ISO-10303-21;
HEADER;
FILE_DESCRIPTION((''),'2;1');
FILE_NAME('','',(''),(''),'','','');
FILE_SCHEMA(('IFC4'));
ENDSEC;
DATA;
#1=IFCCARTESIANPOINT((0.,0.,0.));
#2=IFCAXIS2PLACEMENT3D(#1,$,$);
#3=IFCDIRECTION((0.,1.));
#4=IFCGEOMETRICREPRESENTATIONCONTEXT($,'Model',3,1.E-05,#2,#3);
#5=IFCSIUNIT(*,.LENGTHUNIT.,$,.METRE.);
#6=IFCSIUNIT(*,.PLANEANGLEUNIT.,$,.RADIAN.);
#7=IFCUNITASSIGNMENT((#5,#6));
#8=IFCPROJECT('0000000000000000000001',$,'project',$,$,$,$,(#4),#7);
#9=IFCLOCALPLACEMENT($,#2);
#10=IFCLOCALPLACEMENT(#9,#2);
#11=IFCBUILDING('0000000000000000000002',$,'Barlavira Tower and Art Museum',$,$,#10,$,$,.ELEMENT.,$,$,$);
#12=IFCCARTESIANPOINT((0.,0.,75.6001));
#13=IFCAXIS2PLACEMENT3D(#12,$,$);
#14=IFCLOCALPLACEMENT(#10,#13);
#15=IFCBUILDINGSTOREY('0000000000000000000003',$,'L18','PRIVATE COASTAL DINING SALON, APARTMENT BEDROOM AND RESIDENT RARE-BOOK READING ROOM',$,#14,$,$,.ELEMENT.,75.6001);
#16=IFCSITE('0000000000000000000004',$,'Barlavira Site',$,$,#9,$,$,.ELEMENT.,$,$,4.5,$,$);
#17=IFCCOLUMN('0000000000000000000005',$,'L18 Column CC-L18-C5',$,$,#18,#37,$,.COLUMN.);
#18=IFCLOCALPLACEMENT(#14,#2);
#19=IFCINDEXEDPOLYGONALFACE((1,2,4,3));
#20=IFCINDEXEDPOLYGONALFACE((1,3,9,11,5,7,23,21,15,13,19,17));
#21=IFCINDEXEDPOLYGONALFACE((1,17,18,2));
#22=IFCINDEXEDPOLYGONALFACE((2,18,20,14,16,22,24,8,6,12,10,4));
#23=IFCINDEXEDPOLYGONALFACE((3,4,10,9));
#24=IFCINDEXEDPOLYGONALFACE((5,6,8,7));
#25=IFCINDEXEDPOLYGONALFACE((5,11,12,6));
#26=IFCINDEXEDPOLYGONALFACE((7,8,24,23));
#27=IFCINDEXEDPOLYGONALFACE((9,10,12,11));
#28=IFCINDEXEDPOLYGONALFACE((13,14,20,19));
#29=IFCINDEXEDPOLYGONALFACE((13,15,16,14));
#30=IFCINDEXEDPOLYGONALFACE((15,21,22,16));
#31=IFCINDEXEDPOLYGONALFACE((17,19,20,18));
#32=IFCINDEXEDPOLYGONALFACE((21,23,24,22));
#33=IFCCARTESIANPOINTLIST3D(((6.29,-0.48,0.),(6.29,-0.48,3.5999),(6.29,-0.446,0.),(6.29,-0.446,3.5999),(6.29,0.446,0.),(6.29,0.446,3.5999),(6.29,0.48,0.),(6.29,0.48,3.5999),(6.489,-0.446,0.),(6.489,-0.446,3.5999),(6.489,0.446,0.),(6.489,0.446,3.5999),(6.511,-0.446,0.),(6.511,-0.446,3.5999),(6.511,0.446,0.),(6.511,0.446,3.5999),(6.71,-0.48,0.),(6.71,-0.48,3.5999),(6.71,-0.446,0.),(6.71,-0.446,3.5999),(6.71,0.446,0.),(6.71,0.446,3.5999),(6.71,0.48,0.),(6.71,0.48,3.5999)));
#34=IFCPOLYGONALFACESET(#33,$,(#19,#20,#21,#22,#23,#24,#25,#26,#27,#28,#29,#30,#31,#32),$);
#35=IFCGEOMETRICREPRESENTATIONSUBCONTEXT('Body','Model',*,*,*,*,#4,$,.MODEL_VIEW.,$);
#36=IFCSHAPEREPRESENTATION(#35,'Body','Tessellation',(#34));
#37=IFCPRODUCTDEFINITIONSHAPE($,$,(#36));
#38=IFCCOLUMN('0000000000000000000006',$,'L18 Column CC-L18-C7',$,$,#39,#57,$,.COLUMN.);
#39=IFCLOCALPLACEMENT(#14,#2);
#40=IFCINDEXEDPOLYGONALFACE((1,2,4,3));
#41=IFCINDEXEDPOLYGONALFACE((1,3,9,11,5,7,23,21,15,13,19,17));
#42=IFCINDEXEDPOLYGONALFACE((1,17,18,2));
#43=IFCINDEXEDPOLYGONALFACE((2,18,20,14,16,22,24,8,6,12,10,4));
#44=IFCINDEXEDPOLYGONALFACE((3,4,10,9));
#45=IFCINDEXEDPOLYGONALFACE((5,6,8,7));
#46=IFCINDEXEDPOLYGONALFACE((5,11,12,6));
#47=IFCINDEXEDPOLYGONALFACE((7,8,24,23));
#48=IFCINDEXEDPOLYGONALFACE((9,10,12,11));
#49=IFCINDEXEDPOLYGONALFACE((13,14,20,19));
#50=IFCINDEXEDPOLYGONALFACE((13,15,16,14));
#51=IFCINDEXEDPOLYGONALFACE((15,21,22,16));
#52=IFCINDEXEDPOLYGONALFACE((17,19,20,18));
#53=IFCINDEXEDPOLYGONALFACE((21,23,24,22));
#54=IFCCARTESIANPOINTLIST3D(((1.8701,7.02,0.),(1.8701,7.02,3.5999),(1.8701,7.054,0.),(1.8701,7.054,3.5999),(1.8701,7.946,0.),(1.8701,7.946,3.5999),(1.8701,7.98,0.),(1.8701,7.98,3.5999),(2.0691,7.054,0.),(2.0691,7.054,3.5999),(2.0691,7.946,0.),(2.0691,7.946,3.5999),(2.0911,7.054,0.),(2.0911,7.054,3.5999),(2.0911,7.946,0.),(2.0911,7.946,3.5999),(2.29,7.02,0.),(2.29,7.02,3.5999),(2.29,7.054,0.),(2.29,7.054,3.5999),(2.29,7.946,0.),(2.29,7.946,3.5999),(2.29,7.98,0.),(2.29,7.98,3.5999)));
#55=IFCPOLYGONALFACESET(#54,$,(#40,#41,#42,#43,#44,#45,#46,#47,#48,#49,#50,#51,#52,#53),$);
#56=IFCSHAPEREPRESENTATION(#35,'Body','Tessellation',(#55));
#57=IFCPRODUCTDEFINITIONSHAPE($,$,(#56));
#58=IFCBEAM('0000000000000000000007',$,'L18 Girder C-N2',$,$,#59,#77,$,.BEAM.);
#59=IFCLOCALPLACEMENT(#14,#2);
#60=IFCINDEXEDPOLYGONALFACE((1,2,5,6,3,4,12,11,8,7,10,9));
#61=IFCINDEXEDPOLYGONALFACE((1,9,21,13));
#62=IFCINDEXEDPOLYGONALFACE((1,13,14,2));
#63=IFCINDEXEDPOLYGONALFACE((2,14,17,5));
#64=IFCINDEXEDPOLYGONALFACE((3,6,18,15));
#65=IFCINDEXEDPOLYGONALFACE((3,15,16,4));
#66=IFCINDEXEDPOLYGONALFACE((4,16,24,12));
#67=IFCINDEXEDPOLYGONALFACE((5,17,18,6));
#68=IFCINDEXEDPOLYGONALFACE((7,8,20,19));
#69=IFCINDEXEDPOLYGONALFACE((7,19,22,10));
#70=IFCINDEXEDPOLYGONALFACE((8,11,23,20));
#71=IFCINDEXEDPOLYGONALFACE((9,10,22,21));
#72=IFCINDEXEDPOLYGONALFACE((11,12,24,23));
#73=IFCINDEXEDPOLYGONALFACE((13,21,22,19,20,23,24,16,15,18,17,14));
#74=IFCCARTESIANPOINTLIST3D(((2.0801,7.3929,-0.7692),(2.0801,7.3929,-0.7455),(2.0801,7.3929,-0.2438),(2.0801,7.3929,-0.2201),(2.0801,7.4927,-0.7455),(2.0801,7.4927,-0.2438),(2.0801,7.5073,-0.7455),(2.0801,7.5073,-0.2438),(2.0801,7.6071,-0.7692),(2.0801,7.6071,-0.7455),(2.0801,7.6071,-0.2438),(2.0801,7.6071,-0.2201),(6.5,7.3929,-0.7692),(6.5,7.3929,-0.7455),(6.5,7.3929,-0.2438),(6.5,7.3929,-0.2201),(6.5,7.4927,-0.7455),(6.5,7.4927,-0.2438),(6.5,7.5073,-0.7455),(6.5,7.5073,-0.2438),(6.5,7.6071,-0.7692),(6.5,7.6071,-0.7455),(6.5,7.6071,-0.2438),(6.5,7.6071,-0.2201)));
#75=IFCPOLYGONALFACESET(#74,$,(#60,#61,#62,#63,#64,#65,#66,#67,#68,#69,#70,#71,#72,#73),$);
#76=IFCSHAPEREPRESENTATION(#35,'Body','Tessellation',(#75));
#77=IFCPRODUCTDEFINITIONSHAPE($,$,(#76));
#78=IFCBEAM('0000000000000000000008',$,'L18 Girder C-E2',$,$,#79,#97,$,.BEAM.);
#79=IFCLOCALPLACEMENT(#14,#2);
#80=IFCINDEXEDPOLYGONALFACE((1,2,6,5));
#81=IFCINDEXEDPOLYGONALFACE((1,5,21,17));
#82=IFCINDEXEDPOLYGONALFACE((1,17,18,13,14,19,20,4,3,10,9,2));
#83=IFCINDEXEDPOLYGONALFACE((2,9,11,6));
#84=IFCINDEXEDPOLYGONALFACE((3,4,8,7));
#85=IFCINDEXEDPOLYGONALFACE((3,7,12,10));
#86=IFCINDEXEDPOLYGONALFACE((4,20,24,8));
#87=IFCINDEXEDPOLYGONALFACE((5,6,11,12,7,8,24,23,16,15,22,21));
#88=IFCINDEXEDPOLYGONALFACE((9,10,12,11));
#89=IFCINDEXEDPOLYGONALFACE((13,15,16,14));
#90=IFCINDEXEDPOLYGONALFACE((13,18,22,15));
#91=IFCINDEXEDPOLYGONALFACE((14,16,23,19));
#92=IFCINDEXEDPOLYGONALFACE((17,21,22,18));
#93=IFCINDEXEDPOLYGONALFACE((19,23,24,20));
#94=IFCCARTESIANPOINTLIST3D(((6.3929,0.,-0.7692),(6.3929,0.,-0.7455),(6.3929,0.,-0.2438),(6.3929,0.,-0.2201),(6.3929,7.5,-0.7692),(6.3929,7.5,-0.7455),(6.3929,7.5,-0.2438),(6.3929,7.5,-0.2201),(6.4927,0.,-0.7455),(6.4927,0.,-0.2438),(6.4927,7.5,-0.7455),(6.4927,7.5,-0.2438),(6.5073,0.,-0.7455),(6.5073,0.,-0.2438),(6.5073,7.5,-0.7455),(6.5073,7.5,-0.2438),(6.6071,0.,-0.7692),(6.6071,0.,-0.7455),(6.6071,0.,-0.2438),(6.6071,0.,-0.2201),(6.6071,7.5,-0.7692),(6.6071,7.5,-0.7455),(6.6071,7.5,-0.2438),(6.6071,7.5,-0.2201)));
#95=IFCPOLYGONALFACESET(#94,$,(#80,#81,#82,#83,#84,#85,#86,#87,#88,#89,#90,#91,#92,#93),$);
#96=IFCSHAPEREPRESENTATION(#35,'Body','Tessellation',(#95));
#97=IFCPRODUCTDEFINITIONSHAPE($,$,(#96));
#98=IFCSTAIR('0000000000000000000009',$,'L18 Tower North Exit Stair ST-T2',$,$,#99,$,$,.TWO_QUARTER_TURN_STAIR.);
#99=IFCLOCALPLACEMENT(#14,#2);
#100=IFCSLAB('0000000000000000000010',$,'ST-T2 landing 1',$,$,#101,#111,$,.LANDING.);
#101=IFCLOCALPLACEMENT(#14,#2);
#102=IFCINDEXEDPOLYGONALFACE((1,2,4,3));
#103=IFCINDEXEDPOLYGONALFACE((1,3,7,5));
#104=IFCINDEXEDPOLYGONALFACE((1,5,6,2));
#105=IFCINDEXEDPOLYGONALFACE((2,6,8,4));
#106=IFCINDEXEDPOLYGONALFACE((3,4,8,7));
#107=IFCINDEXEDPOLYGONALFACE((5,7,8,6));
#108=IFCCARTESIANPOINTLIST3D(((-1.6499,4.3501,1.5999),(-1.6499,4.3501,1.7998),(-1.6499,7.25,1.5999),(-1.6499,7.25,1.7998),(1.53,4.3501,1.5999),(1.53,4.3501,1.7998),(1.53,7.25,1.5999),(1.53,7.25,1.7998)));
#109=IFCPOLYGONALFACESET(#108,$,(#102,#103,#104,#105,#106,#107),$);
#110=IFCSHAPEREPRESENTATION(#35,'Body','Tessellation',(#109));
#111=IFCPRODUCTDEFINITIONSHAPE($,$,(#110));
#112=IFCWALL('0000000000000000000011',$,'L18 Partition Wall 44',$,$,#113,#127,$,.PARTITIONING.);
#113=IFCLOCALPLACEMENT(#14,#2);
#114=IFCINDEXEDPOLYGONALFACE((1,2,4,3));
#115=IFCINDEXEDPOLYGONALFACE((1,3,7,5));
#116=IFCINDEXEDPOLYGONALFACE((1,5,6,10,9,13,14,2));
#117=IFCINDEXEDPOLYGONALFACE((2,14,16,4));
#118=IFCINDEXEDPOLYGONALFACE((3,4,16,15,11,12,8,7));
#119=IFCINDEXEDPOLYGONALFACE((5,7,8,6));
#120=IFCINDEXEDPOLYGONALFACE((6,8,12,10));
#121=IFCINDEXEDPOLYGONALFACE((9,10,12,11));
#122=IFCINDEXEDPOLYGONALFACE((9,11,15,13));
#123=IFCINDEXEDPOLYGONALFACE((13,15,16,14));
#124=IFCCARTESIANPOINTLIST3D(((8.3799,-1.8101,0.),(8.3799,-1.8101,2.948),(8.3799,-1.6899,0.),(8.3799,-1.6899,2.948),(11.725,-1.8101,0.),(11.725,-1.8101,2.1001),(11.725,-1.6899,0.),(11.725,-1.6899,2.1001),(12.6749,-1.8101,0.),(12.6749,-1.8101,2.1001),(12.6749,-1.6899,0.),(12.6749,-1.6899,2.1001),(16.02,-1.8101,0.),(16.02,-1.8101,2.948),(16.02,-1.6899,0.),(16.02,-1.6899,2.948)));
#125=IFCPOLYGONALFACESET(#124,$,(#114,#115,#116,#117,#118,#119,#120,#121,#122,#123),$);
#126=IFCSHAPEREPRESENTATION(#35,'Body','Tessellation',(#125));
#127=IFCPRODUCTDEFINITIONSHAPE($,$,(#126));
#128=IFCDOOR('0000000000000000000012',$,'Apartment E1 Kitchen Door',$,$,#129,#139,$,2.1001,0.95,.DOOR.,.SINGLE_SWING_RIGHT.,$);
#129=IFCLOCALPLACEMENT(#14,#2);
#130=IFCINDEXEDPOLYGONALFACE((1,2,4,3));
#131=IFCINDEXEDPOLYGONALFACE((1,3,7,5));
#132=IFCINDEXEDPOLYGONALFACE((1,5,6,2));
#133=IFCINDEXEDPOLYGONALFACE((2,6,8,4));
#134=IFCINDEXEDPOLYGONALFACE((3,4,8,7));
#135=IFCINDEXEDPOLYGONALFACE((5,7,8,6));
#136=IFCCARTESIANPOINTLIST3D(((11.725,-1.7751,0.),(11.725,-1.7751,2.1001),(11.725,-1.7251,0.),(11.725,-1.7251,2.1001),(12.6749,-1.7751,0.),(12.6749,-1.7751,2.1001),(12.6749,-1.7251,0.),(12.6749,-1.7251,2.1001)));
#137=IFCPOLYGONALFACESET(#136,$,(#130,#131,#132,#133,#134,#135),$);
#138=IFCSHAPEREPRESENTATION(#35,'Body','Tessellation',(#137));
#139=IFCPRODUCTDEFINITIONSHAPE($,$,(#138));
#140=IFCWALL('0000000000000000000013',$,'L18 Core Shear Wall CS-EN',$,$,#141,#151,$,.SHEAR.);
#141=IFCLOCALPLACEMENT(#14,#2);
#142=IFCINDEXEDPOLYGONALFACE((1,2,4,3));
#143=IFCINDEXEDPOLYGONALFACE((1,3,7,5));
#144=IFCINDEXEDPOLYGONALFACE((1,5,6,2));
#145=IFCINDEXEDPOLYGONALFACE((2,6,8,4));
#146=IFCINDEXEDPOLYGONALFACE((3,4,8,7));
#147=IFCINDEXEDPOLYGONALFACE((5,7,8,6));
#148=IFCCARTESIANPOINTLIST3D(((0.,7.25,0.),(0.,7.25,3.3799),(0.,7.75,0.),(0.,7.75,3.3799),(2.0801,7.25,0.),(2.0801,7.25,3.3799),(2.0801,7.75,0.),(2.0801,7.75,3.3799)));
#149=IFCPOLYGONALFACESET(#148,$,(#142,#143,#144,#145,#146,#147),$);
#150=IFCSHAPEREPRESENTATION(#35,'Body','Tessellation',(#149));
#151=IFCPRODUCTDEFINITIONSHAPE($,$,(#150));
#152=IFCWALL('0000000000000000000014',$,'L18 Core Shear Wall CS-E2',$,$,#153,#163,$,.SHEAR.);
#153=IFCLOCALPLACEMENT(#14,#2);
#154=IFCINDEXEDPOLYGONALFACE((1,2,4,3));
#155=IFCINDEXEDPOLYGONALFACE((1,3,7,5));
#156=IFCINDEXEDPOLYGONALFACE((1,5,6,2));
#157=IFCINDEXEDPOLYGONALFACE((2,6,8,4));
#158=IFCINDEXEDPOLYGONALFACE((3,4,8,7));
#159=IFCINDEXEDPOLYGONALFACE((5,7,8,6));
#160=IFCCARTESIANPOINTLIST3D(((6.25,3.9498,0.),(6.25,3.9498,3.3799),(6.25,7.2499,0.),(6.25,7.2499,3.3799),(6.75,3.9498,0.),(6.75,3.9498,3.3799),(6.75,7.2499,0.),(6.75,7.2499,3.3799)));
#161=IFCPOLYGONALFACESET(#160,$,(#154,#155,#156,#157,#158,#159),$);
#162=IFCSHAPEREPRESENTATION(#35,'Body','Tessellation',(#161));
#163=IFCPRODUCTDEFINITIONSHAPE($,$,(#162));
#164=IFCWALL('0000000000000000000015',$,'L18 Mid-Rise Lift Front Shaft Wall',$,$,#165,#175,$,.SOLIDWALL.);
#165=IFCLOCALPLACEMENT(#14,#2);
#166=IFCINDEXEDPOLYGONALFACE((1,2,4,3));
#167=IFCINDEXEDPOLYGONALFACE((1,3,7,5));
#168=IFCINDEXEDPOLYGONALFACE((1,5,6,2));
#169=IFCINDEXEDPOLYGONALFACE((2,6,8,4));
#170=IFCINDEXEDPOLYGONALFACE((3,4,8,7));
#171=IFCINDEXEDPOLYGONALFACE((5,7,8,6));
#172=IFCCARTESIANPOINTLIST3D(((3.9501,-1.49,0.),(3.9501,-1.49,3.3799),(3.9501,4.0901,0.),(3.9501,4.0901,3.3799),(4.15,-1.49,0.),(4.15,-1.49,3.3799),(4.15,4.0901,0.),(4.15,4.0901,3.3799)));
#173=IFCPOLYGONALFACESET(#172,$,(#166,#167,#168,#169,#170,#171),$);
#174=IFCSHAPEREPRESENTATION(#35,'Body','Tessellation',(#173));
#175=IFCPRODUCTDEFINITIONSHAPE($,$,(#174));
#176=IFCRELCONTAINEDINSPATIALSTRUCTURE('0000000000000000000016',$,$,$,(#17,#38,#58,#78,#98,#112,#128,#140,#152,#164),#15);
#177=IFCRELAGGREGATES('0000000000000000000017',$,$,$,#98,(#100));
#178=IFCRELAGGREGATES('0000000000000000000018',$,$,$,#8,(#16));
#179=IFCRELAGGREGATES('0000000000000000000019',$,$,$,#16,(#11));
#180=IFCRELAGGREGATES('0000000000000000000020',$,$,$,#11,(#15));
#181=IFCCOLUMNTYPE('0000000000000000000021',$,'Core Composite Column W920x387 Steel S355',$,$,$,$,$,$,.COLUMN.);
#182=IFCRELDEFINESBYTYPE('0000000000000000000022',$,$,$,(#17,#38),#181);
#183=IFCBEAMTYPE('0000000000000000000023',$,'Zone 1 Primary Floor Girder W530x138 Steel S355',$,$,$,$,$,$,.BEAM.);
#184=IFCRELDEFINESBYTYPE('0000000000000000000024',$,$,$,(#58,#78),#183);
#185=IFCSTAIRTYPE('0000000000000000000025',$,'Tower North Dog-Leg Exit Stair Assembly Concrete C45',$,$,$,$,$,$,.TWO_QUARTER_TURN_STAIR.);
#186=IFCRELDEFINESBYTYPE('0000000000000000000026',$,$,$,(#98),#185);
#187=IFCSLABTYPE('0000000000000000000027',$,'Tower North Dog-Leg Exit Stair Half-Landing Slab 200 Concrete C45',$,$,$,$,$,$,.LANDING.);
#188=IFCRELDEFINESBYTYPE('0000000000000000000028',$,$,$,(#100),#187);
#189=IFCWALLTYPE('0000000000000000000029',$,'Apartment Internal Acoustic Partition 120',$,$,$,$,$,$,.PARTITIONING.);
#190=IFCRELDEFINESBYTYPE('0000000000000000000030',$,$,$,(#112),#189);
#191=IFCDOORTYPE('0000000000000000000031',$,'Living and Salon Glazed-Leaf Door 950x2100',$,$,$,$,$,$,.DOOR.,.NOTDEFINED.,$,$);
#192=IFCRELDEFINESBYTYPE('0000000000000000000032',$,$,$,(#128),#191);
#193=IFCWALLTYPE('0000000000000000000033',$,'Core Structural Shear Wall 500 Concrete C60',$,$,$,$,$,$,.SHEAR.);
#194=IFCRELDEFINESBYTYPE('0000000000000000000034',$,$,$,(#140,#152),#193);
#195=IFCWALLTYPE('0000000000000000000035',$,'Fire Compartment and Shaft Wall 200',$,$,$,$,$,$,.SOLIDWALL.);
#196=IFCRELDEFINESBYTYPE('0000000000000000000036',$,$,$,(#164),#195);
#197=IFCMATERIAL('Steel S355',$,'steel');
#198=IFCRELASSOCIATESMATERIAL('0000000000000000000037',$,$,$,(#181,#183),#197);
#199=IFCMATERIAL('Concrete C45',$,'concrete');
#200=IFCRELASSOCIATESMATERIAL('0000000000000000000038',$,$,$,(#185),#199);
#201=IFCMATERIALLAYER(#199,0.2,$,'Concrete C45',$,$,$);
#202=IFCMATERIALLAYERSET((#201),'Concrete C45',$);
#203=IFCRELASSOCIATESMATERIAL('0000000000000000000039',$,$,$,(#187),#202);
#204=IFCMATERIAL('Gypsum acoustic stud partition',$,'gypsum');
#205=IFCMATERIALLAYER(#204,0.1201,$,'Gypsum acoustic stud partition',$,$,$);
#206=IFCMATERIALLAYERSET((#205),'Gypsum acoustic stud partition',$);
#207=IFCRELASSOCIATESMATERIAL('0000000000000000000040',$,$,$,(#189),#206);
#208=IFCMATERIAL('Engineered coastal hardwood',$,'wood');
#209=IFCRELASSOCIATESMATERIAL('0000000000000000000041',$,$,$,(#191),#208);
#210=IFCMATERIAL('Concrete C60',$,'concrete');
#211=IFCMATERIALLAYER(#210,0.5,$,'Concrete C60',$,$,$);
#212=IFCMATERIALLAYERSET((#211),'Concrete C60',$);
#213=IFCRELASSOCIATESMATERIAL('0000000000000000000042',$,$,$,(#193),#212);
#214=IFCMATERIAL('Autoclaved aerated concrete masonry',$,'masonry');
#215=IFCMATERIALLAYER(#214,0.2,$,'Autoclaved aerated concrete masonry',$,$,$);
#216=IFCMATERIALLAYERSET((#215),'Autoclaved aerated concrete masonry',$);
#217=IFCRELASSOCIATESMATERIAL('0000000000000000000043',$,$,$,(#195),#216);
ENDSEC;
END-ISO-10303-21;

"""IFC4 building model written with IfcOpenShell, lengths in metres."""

from ifc_helpers import new_model, si_unit, direction, frame, frame_2d, origin, origin_2d, place, context, subcontext, project, spatial, polyline, rectangle, i_section, outline, extrude, material, layer, layer_set, material_profile, profile_set, type_object, element, fill, aggregate, save


model = new_model("IFC4")

# Units and contexts
model_context = context("Model", 3, precision=1e-05, world=origin(), true_north=direction((0.0, 1.0)))
body_context = subcontext(model_context, "Body", "Model", "MODEL_VIEW")
ifc_project = project(units=[si_unit("LENGTHUNIT", "METRE"), si_unit("PLANEANGLEUNIT", "RADIAN")], contexts=[model_context])

# Site, building, storey
site_placement = place(None, origin())
site = spatial("IfcSite", under=ifc_project, at=site_placement, Name="Barlavira Site", CompositionType="ELEMENT", RefElevation=4.5)
building_placement = place(site_placement, origin())
building = spatial("IfcBuilding", under=site, at=building_placement, Name="Barlavira Tower and Art Museum", CompositionType="ELEMENT")
storey_placement = place(building_placement, frame((0.0, 0.0, 75.6001)))
storey = spatial("IfcBuildingStorey", under=building, at=storey_placement, Name="L18", Description="PRIVATE COASTAL DINING SALON, APARTMENT BEDROOM AND RESIDENT RARE-BOOK READING ROOM", CompositionType="ELEMENT", Elevation=75.6001)

# Columns
ifc_material_1 = material(Name="Steel S355", Category="steel")
ifc_material_profile_1 = material_profile(ifc_material_1, i_section(OverallWidth=0.4199, OverallDepth=0.96, WebThickness=0.022, FlangeThickness=0.0339, at=origin_2d()), Name="W920x387.0")
ifc_profile_set_1 = profile_set([ifc_material_profile_1], Name="Steel S355")
column_type = type_object("IfcColumnType", Name="Core Composite Column W920x387 Steel S355", PredefinedType="COLUMN", material=ifc_profile_set_1)
for number, where, z_axis, x_axis, name in (
    (1, (6.5, 0.0, 0.0), (0.0, 0.0, 1.0), (1.0, 0.0, 0.0), "L18 Column CC-L18-C5"),
    (2, (2.0801, 7.5, 0.0), (0.0, 0.0, 1.0), (1.0, 0.0, 0.0), "L18 Column CC-L18-C7"),
):
    element("IfcColumn", number, at=place(storey_placement, frame(where, z_axis=z_axis, x_axis=x_axis)), inside=storey, type_object=column_type, Name=name, PredefinedType="COLUMN", context=body_context, shape_type="SweptSolid", body=[
        extrude(i_section(OverallWidth=0.4199, OverallDepth=0.96, WebThickness=0.022, FlangeThickness=0.0339, at=origin_2d()), origin(), (0.0, 0.0, 1.0), 3.5999),
    ])

# Beams
ifc_material_profile_2 = material_profile(ifc_material_1, i_section(OverallWidth=0.2141, OverallDepth=0.5491, WebThickness=0.0146, FlangeThickness=0.0237, at=origin_2d()), Name="W530x138.0")
ifc_profile_set_2 = profile_set([ifc_material_profile_2], Name="Steel S355")
beam_type = type_object("IfcBeamType", Name="Zone 1 Primary Floor Girder W530x138 Steel S355", PredefinedType="BEAM", material=ifc_profile_set_2)
beam_1_placement = place(storey_placement, frame((2.0801, 7.5, -0.4946), z_axis=(1.0, 0.0, 0.0), x_axis=(0.0, 1.0, 0.0)))
element("IfcBeam", 3, at=beam_1_placement, inside=storey, type_object=beam_type, Name="L18 Girder C-N2", PredefinedType="BEAM", context=body_context, shape_type="SweptSolid", body=[
    extrude(i_section(OverallWidth=0.2141, OverallDepth=0.5491, WebThickness=0.0146, FlangeThickness=0.0237, at=origin_2d()), origin(), (0.0, 0.0, 1.0), 4.4199),
])
beam_2_placement = place(storey_placement, frame((6.5, 0.0, -0.4946), z_axis=(0.0, 1.0, 0.0), x_axis=(-1.0, 0.0, 0.0)))
element("IfcBeam", 4, at=beam_2_placement, inside=storey, type_object=beam_type, Name="L18 Girder C-E2", PredefinedType="BEAM", context=body_context, shape_type="SweptSolid", body=[
    extrude(i_section(OverallWidth=0.2141, OverallDepth=0.5491, WebThickness=0.0146, FlangeThickness=0.0237, at=origin_2d()), origin(), (0.0, 0.0, 1.0), 7.5),
])

# Stair, slab
ifc_material_2 = material(Name="Concrete C45", Category="concrete")
stair_type = type_object("IfcStairType", Name="Tower North Dog-Leg Exit Stair Assembly Concrete C45", PredefinedType="TWO_QUARTER_TURN_STAIR", material=ifc_material_2)
stair_placement = place(storey_placement, origin())
stair = element("IfcStair", 5, at=stair_placement, inside=storey, type_object=stair_type, Name="L18 Tower North Exit Stair ST-T2", PredefinedType="TWO_QUARTER_TURN_STAIR")
ifc_layer_1 = layer(ifc_material_2, 0.2, Name="Concrete C45")
ifc_layer_set_1 = layer_set([ifc_layer_1], Name="Concrete C45")
slab_type = type_object("IfcSlabType", Name="Tower North Dog-Leg Exit Stair Half-Landing Slab 200 Concrete C45", PredefinedType="LANDING", material=ifc_layer_set_1)
slab_placement = place(storey_placement, frame((0.0, 0.0, 1.5999)))
slab = element("IfcSlab", 6, at=slab_placement, type_object=slab_type, Name="ST-T2 landing 1", PredefinedType="LANDING", context=body_context, shape_type="SweptSolid", body=[
    extrude(outline(polyline([(-1.6499, 4.3501), (1.53, 4.3501), (1.53, 7.25), (-1.6499, 7.25), (-1.6499, 4.3501)])), origin(), (0.0, 0.0, 1.0), 0.2),
])
aggregate(stair, [slab])

# Wall, opening, door
ifc_material_3 = material(Name="Gypsum acoustic stud partition", Category="gypsum")
ifc_layer_2 = layer(ifc_material_3, 0.1201, Name="Gypsum acoustic stud partition")
ifc_layer_set_2 = layer_set([ifc_layer_2], Name="Gypsum acoustic stud partition")
wall_type_1 = type_object("IfcWallType", Name="Apartment Internal Acoustic Partition 120", PredefinedType="PARTITIONING", material=ifc_layer_set_2)
wall_1_placement = place(storey_placement, frame((8.3799, -1.75, 0.0), z_axis=(0.0, 0.0, 1.0), x_axis=(1.0, 0.0, 0.0)))
wall_1 = element("IfcWall", 7, at=wall_1_placement, inside=storey, type_object=wall_type_1, Name="L18 Partition Wall 44", PredefinedType="PARTITIONING", context=body_context, shape_type="SweptSolid", body=[
    extrude(rectangle(XDim=7.6401, YDim=0.1201, at=frame_2d((3.8201, 0.0))), origin(), (0.0, 0.0, 1.0), 2.948),
])
opening_1_placement = place(wall_1_placement, frame((3.345, 0.0, 0.0)))
opening_1 = element("IfcOpeningElement", 8, at=opening_1_placement, cuts=wall_1, PredefinedType="OPENING", context=body_context, shape_type="SweptSolid", body=[
    extrude(rectangle(XDim=0.95, YDim=2.1001, at=frame_2d((0.4751, 1.05))), frame((0.0, 0.0701, 0.0), z_axis=(0.0, -1.0, 0.0), x_axis=(1.0, 0.0, 0.0)), (0.0, 0.0, 1.0), 0.1401),
])
ifc_material_4 = material(Name="Engineered coastal hardwood", Category="wood")
door_type_1 = type_object("IfcDoorType", Name="Living and Salon Glazed-Leaf Door 950x2100", OperationType="NOTDEFINED", PredefinedType="DOOR", material=ifc_material_4)
door_1_placement = place(opening_1_placement, origin())
door_1 = element("IfcDoor", 9, at=door_1_placement, inside=storey, type_object=door_type_1, Name="Apartment E1 Kitchen Door", OperationType="SINGLE_SWING_RIGHT", OverallHeight=2.1001, OverallWidth=0.95, PredefinedType="DOOR", context=body_context, shape_type="SweptSolid", body=[
    extrude(rectangle(XDim=0.95, YDim=2.1001, at=frame_2d((0.4751, 1.05))), frame((0.0, 0.0249, 0.0), z_axis=(0.0, -1.0, 0.0), x_axis=(1.0, 0.0, 0.0)), (0.0, 0.0, 1.0), 0.05),
])
fill(opening_1, door_1)

# Walls
ifc_material_5 = material(Name="Concrete C60", Category="concrete")
ifc_layer_3 = layer(ifc_material_5, 0.5, Name="Concrete C60")
ifc_layer_set_3 = layer_set([ifc_layer_3], Name="Concrete C60")
wall_type_2 = type_object("IfcWallType", Name="Core Structural Shear Wall 500 Concrete C60", PredefinedType="SHEAR", material=ifc_layer_set_3)
wall_2_placement = place(storey_placement, frame((0.0, 7.5, 0.0), z_axis=(0.0, 0.0, 1.0), x_axis=(1.0, 0.0, 0.0)))
element("IfcWall", 10, at=wall_2_placement, inside=storey, type_object=wall_type_2, Name="L18 Core Shear Wall CS-EN", PredefinedType="SHEAR", context=body_context, shape_type="SweptSolid", body=[
    extrude(rectangle(XDim=2.0801, YDim=0.5, at=frame_2d((1.04, 0.0))), origin(), (0.0, 0.0, 1.0), 3.3799),
])
wall_3_placement = place(storey_placement, frame((6.5, 3.95, 0.0), z_axis=(0.0, 0.0, 1.0), x_axis=(0.0, 1.0, 0.0)))
element("IfcWall", 11, at=wall_3_placement, inside=storey, type_object=wall_type_2, Name="L18 Core Shear Wall CS-E2", PredefinedType="SHEAR", context=body_context, shape_type="SweptSolid", body=[
    extrude(rectangle(XDim=3.3, YDim=0.5, at=frame_2d((1.6499, 0.0))), origin(), (0.0, 0.0, 1.0), 3.3799),
])
ifc_material_6 = material(Name="Autoclaved aerated concrete masonry", Category="masonry")
ifc_layer_4 = layer(ifc_material_6, 0.2, Name="Autoclaved aerated concrete masonry")
ifc_layer_set_4 = layer_set([ifc_layer_4], Name="Autoclaved aerated concrete masonry")
wall_type_3 = type_object("IfcWallType", Name="Fire Compartment and Shaft Wall 200", PredefinedType="SOLIDWALL", material=ifc_layer_set_4)
wall_4_placement = place(storey_placement, frame((4.05, -1.49, 0.0), z_axis=(0.0, 0.0, 1.0), x_axis=(0.0, 1.0, 0.0)))
element("IfcWall", 12, at=wall_4_placement, inside=storey, type_object=wall_type_3, Name="L18 Mid-Rise Lift Front Shaft Wall", PredefinedType="SOLIDWALL", context=body_context, shape_type="SweptSolid", body=[
    extrude(rectangle(XDim=5.5801, YDim=0.2, at=frame_2d((2.79, 0.0))), origin(), (0.0, 0.0, 1.0), 3.3799),
])

save(model, "model.ifc")
